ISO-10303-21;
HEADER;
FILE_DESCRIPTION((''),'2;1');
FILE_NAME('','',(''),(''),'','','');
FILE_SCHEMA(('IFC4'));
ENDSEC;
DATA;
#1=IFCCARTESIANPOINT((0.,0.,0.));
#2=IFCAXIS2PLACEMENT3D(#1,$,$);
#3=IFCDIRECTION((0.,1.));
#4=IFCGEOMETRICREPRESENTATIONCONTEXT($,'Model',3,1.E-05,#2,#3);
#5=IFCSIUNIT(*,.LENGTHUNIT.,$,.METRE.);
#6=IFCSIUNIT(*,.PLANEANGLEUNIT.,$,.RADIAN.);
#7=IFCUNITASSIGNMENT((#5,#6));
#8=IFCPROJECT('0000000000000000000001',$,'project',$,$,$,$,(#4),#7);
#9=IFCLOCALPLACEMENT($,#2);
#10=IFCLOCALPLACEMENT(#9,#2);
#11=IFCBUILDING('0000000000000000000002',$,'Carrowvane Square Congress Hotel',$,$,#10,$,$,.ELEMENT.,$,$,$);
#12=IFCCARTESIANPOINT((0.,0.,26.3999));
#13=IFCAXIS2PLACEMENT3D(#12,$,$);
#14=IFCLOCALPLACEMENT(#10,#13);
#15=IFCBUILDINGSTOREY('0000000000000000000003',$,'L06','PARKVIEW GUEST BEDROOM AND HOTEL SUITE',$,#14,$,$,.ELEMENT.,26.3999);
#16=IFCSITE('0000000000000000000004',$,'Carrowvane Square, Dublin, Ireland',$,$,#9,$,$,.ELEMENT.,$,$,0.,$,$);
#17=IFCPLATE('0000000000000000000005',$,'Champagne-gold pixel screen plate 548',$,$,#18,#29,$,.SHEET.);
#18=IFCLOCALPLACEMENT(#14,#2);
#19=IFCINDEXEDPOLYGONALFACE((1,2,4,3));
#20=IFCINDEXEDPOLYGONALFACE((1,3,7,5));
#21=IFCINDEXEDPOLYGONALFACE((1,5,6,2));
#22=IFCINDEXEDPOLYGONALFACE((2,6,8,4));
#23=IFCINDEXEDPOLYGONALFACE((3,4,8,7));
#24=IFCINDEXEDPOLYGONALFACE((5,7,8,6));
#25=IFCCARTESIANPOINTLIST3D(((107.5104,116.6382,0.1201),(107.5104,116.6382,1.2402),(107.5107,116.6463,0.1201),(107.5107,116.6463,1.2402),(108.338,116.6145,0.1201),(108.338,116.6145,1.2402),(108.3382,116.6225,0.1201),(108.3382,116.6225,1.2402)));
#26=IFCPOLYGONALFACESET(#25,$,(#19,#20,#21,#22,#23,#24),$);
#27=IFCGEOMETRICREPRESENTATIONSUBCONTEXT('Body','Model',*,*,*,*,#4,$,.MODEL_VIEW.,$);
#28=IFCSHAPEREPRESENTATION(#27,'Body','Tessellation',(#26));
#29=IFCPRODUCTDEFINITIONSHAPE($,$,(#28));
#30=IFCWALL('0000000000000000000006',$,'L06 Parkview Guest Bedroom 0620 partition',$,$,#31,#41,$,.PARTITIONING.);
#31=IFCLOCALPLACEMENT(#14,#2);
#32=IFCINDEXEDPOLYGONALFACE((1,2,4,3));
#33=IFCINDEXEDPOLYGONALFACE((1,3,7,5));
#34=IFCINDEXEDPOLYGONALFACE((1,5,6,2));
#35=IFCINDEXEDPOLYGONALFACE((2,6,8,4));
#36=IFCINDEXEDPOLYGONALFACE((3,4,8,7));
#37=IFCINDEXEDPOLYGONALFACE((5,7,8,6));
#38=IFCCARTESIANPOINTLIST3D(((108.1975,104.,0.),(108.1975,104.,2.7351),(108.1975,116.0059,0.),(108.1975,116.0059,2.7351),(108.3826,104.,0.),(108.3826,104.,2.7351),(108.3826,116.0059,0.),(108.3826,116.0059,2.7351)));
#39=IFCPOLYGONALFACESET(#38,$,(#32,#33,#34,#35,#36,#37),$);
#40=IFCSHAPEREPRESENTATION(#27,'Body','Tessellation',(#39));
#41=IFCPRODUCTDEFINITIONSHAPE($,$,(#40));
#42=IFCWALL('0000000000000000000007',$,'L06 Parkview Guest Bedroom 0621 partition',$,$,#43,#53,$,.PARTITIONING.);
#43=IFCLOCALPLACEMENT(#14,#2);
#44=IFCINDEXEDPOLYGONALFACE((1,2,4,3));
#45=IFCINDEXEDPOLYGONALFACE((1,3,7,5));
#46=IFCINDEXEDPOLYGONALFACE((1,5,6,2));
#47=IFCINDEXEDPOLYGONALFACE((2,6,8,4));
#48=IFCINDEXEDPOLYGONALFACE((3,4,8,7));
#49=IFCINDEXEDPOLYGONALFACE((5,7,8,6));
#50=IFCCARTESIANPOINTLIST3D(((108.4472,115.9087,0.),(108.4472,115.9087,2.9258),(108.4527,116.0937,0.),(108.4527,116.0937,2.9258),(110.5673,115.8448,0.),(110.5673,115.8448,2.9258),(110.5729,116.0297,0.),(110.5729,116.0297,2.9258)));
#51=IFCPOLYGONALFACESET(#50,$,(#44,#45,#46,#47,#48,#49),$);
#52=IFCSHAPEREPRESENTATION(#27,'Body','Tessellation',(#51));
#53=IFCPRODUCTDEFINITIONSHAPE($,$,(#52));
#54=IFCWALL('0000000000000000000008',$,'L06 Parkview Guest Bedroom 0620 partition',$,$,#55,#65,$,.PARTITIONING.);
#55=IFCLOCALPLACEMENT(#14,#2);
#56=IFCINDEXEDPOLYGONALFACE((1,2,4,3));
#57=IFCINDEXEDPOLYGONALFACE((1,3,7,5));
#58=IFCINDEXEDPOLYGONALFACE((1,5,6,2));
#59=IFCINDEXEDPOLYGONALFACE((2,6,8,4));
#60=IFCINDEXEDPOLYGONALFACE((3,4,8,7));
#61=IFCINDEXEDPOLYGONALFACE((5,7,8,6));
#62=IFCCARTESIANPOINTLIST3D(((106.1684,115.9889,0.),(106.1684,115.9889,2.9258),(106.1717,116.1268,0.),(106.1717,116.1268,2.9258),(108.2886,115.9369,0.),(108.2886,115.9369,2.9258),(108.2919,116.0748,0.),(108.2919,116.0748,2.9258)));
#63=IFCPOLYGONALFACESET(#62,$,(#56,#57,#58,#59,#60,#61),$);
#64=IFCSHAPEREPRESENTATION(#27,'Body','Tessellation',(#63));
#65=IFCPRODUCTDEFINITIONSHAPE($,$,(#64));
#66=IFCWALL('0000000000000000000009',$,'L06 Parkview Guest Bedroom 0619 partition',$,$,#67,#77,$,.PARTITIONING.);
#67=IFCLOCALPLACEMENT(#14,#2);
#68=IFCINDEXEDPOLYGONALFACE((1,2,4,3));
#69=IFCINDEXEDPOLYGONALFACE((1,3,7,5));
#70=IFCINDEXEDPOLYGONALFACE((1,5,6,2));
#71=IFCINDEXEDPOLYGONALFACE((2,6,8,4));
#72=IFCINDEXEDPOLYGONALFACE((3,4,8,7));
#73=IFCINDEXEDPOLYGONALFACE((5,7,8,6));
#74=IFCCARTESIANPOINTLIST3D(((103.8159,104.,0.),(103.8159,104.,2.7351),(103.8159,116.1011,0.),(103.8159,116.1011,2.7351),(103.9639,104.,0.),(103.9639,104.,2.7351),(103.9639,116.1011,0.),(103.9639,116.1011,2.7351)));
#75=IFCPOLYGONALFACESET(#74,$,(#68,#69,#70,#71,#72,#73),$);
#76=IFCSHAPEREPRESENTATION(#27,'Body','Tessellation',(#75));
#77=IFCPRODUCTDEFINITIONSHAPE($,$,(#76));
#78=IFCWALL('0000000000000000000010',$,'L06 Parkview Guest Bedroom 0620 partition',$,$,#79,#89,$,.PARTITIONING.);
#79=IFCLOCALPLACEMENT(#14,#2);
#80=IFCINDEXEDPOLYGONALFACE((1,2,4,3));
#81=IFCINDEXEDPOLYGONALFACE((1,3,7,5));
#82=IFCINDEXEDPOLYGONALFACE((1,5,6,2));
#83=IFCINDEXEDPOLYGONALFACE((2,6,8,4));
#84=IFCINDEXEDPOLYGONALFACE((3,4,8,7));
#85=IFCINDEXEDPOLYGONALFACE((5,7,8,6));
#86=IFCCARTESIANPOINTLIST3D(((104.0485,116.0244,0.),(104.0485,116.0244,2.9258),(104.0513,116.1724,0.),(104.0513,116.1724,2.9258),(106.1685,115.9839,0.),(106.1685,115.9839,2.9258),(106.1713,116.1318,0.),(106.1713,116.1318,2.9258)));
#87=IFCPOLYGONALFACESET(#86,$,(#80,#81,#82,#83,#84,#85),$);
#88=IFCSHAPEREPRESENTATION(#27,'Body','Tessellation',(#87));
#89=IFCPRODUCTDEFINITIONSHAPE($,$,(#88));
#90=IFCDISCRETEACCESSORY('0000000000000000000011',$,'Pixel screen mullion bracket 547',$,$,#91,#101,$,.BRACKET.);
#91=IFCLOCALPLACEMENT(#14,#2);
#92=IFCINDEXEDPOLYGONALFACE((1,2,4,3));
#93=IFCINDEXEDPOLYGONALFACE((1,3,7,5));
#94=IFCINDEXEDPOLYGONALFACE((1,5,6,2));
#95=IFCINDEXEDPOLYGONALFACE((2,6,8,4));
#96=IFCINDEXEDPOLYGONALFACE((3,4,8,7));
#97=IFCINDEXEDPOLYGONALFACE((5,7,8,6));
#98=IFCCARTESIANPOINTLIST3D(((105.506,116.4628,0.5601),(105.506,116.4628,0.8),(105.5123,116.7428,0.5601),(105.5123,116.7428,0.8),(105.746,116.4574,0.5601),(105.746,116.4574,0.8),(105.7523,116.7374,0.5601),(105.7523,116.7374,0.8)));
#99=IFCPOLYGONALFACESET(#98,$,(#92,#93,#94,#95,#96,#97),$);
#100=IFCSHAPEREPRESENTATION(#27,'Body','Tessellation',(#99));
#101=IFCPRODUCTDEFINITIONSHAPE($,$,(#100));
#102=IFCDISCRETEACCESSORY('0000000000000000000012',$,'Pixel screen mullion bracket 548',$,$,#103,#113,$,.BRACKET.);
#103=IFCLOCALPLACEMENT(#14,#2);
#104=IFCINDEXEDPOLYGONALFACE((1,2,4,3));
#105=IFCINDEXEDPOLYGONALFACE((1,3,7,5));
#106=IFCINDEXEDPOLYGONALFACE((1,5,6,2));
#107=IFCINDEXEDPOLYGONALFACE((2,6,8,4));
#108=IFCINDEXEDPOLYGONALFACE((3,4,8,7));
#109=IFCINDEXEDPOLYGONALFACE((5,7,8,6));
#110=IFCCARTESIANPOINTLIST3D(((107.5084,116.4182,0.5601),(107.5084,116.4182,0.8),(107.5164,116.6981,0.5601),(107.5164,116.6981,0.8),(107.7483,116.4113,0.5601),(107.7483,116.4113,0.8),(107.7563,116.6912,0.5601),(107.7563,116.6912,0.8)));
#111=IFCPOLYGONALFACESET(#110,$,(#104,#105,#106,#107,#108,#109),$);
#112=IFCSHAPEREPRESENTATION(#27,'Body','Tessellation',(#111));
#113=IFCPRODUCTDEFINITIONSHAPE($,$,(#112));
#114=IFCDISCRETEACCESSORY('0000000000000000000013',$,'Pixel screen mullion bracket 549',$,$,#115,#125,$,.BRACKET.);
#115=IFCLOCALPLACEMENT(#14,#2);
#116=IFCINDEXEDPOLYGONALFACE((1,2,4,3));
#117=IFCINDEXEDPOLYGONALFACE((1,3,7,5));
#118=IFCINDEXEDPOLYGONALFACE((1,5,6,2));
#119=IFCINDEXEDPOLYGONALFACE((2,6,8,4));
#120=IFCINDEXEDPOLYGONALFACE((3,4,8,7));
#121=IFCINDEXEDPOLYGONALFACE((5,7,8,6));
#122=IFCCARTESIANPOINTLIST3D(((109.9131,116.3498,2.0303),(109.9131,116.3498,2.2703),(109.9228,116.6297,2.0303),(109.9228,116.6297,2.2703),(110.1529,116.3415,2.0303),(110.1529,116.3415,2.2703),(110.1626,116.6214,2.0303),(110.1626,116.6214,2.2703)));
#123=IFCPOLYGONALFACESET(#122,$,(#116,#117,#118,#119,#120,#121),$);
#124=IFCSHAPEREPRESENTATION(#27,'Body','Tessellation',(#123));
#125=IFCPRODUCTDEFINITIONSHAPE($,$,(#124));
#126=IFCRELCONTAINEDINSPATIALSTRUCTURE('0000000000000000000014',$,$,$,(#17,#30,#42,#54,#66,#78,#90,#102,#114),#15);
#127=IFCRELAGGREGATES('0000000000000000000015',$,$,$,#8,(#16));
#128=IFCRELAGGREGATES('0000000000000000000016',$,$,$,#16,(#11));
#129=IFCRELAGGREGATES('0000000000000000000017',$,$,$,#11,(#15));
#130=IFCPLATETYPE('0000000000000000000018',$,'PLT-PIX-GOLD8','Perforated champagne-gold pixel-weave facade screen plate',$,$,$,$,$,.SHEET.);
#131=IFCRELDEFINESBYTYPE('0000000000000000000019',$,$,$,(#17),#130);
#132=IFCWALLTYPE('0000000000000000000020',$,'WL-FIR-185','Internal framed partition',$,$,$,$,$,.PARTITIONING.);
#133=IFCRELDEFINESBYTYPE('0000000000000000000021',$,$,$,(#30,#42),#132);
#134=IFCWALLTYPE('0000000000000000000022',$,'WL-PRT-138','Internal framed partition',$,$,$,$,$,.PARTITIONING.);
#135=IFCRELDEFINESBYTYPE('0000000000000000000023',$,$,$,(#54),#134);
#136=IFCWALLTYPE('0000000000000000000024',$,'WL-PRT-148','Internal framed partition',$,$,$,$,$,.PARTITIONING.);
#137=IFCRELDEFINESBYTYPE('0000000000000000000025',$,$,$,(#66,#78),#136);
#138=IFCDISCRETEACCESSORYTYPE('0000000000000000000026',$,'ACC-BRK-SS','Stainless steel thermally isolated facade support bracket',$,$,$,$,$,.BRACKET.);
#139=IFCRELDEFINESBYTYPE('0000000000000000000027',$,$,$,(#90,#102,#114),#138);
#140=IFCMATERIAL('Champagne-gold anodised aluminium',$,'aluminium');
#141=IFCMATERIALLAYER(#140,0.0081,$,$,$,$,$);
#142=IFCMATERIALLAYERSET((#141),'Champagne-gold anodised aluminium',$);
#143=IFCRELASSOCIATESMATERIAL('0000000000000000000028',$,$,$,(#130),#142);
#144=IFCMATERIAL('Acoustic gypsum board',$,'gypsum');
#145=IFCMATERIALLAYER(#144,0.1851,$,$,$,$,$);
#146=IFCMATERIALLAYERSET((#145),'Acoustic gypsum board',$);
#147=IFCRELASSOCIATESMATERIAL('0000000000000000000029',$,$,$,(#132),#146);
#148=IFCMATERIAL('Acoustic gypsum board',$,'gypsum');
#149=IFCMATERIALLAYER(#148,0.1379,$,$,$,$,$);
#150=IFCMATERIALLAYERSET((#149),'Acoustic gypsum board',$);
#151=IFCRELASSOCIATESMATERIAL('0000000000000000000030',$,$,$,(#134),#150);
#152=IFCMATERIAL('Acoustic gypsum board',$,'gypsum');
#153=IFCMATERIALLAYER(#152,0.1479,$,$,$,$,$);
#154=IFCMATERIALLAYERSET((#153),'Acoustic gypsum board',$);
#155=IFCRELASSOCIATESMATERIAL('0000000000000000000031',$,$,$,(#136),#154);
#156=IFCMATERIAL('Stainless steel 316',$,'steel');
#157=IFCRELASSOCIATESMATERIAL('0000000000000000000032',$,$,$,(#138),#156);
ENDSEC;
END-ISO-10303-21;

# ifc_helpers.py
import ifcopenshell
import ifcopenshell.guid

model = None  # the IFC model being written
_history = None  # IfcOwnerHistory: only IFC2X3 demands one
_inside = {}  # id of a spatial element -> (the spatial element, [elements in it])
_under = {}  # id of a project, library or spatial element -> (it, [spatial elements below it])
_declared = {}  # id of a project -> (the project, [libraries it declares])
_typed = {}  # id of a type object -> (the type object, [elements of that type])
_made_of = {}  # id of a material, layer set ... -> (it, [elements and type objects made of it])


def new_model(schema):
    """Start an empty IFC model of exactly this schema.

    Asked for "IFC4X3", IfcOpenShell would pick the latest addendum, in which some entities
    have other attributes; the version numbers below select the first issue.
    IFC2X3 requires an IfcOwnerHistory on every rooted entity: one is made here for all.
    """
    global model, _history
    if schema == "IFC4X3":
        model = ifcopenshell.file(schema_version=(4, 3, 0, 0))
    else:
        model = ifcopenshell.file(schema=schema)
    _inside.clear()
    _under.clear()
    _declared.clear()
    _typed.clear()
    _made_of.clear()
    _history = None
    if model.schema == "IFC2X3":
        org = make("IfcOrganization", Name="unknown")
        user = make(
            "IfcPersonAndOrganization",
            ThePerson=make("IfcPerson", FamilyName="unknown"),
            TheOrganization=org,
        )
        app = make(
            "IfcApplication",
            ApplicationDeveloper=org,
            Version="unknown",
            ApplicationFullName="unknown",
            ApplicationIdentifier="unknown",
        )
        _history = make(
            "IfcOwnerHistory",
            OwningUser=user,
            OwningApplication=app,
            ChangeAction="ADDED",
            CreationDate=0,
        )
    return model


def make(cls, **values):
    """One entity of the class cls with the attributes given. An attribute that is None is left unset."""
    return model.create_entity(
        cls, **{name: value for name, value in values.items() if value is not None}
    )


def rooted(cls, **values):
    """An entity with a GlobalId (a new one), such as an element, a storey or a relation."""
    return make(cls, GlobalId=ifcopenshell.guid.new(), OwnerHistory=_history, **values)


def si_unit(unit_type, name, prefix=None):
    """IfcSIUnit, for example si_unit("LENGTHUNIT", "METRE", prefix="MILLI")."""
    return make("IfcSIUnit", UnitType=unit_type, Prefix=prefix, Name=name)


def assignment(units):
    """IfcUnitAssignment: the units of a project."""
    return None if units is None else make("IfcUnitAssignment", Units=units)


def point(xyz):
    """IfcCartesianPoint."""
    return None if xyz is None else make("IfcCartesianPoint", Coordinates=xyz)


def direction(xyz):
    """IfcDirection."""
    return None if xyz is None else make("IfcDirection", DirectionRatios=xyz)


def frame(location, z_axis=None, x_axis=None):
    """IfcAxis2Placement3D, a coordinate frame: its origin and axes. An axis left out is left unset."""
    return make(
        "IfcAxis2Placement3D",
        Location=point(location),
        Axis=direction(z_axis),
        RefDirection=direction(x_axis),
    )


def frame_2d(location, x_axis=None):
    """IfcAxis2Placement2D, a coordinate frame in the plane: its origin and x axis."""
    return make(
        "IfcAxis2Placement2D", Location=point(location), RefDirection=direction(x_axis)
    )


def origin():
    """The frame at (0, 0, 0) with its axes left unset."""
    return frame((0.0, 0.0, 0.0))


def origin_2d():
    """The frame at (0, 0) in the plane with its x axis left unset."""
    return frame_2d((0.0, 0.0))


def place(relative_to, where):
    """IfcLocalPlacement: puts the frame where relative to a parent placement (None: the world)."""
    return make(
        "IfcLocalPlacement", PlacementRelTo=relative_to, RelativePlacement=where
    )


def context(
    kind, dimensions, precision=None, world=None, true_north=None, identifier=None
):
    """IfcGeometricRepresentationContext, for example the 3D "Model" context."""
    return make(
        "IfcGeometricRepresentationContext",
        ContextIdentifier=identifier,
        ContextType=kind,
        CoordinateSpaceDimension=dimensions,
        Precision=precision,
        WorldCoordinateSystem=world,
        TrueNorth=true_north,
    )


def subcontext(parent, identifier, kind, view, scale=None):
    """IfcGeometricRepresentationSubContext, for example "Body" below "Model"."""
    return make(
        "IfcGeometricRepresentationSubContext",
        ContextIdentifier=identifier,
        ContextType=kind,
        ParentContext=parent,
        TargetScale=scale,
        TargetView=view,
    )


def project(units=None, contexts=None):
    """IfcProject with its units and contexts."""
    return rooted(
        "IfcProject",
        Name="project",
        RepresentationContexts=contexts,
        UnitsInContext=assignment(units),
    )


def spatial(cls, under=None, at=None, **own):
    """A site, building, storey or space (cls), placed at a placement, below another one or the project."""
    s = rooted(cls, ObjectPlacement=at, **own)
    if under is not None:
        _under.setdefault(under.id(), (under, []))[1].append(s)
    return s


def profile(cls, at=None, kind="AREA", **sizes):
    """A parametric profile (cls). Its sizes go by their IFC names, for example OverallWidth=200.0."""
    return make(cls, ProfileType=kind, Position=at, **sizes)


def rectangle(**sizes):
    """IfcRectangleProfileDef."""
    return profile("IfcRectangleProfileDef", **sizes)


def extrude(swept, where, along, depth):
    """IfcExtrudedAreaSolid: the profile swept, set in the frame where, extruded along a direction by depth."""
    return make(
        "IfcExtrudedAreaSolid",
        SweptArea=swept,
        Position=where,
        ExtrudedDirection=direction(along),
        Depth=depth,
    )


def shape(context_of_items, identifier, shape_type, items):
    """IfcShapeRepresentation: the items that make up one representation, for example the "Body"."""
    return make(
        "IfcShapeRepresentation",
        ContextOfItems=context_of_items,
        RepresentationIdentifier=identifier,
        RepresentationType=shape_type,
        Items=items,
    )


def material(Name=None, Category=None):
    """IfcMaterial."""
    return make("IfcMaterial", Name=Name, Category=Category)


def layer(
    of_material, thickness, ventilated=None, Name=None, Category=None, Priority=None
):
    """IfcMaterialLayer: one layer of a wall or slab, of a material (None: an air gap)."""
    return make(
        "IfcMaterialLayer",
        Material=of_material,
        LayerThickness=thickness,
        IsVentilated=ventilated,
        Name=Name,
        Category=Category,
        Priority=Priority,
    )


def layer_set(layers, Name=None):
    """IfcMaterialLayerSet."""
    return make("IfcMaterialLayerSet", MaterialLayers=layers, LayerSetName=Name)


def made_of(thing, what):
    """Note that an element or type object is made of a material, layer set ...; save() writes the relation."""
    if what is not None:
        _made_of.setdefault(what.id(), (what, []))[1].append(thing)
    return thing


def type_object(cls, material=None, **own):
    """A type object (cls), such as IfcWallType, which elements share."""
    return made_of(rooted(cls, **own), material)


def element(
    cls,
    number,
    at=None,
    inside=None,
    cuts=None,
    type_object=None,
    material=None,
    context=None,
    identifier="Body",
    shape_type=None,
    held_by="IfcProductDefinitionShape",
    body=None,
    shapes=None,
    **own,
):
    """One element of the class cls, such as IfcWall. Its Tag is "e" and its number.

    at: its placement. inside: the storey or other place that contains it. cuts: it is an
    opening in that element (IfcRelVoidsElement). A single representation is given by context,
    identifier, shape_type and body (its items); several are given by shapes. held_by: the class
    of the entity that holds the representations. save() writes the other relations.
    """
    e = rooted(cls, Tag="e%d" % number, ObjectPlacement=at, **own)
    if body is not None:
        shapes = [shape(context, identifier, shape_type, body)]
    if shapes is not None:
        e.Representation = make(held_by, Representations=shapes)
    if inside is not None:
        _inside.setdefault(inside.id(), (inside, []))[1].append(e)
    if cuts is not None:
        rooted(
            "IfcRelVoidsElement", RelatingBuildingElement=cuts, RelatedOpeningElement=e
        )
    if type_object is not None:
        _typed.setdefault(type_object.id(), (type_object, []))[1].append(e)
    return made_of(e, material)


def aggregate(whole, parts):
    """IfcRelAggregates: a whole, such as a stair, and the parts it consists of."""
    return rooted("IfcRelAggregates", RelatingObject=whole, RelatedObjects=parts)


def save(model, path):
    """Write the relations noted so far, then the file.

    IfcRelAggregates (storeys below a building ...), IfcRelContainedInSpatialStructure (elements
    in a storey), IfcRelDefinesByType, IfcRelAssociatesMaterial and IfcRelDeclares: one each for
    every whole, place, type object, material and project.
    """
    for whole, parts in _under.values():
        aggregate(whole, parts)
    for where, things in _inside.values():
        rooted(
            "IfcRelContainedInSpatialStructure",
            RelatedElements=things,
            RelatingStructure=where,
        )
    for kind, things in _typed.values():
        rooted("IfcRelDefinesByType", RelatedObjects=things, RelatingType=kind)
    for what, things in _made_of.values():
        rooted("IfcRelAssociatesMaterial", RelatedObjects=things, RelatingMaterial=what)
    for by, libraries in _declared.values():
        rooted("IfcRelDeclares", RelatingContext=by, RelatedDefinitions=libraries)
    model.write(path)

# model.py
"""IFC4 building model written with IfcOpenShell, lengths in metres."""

from ifc_helpers import new_model, si_unit, direction, frame, frame_2d, origin, origin_2d, place, context, subcontext, project, spatial, rectangle, extrude, material, layer, layer_set, type_object, element, save


model = new_model("IFC4")

# Units and contexts
model_context = context("Model", 3, precision=1e-05, world=origin(), true_north=direction((0.0, 1.0)))
body_context = subcontext(model_context, "Body", "Model", "MODEL_VIEW")
ifc_project = project(units=[si_unit("LENGTHUNIT", "METRE"), si_unit("PLANEANGLEUNIT", "RADIAN")], contexts=[model_context])

# Site, building, storey
site_placement = place(None, origin())
site = spatial("IfcSite", under=ifc_project, at=site_placement, Name="Carrowvane Square, Dublin, Ireland", CompositionType="ELEMENT", RefElevation=0.0)
building_placement = place(site_placement, origin())
building = spatial("IfcBuilding", under=site, at=building_placement, Name="Carrowvane Square Congress Hotel", CompositionType="ELEMENT")
storey_placement = place(building_placement, frame((0.0, 0.0, 26.3999)))
storey = spatial("IfcBuildingStorey", under=building, at=storey_placement, Name="L06", Description="PARKVIEW GUEST BEDROOM AND HOTEL SUITE", CompositionType="ELEMENT", Elevation=26.3999)

# Plate
ifc_material_1 = material(Name="Champagne-gold anodised aluminium", Category="aluminium")
ifc_layer_1 = layer(ifc_material_1, 0.0081)
ifc_layer_set_1 = layer_set([ifc_layer_1], Name="Champagne-gold anodised aluminium")
plate_type_1 = type_object("IfcPlateType", Name="PLT-PIX-GOLD8", Description="Perforated champagne-gold pixel-weave facade screen plate", PredefinedType="SHEET", material=ifc_layer_set_1)
for number, where, z_axis, x_axis, name in (
    (1, (107.9243, 116.6304, 0.1201), (0.0, 0.0, 1.0), (0.99959, -0.028639, 0.0), "Champagne-gold pixel screen plate 548"),
):
    element("IfcPlate", number, at=place(storey_placement, frame(where, z_axis=z_axis, x_axis=x_axis)), inside=storey, type_object=plate_type_1, Name=name, PredefinedType="SHEET", context=body_context, shape_type="SweptSolid", body=[
        extrude(rectangle(XDim=0.8279, YDim=0.0081, at=origin_2d()), origin(), (0.0, 0.0, 1.0), 1.1201),
    ])

# Walls
ifc_material_2 = material(Name="Acoustic gypsum board", Category="gypsum")
ifc_layer_2 = layer(ifc_material_2, 0.1851)
ifc_layer_set_2 = layer_set([ifc_layer_2], Name="Acoustic gypsum board")
wall_type_1 = type_object("IfcWallType", Name="WL-FIR-185", Description="Internal framed partition", PredefinedType="PARTITIONING", material=ifc_layer_set_2)
wall_1_placement = place(storey_placement, frame((108.29, 116.0059, 0.0), z_axis=(0.0, 0.0, 1.0), x_axis=(0.0, -1.0, 0.0)))
element("IfcWall", 2, at=wall_1_placement, inside=storey, type_object=wall_type_1, Name="L06 Parkview Guest Bedroom 0620 partition", PredefinedType="PARTITIONING", context=body_context, shape_type="SweptSolid", body=[
    extrude(rectangle(XDim=12.0059, YDim=0.1851, at=frame_2d((6.0029, 0.0))), origin(), (0.0, 0.0, 1.0), 2.7351),
])
wall_2_placement = place(storey_placement, frame((108.45, 116.0012, 0.0), z_axis=(0.0, 0.0, 1.0), x_axis=(0.999545, -0.030157, 0.0)))
element("IfcWall", 3, at=wall_2_placement, inside=storey, type_object=wall_type_1, Name="L06 Parkview Guest Bedroom 0621 partition", PredefinedType="PARTITIONING", context=body_context, shape_type="SweptSolid", body=[
    extrude(rectangle(XDim=2.1211, YDim=0.1851, at=frame_2d((1.0605, 0.0))), origin(), (0.0, 0.0, 1.0), 2.9258),
])
ifc_material_3 = material(Name="Acoustic gypsum board", Category="gypsum")
ifc_layer_3 = layer(ifc_material_3, 0.1379)
ifc_layer_set_3 = layer_set([ifc_layer_3], Name="Acoustic gypsum board")
wall_type_2 = type_object("IfcWallType", Name="WL-PRT-138", Description="Internal framed partition", PredefinedType="PARTITIONING", material=ifc_layer_set_3)
wall_3_placement = place(storey_placement, frame((106.1699, 116.0579, 0.0), z_axis=(0.0, 0.0, 1.0), x_axis=(0.999699, -0.02452, 0.0)))
element("IfcWall", 4, at=wall_3_placement, inside=storey, type_object=wall_type_2, Name="L06 Parkview Guest Bedroom 0620 partition", PredefinedType="PARTITIONING", context=body_context, shape_type="SweptSolid", body=[
    extrude(rectangle(XDim=2.1208, YDim=0.1379, at=frame_2d((1.0605, 0.0))), origin(), (0.0, 0.0, 1.0), 2.9258),
])
ifc_material_4 = material(Name="Acoustic gypsum board", Category="gypsum")
ifc_layer_4 = layer(ifc_material_4, 0.1479)
ifc_layer_set_4 = layer_set([ifc_layer_4], Name="Acoustic gypsum board")
wall_type_3 = type_object("IfcWallType", Name="WL-PRT-148", Description="Internal framed partition", PredefinedType="PARTITIONING", material=ifc_layer_set_4)
wall_4_placement = place(storey_placement, frame((103.8899, 116.1011, 0.0), z_axis=(0.0, 0.0, 1.0), x_axis=(0.0, -1.0, 0.0)))
element("IfcWall", 5, at=wall_4_placement, inside=storey, type_object=wall_type_3, Name="L06 Parkview Guest Bedroom 0619 partition", PredefinedType="PARTITIONING", context=body_context, shape_type="SweptSolid", body=[
    extrude(rectangle(XDim=12.1011, YDim=0.1479, at=frame_2d((6.0505, 0.0))), origin(), (0.0, 0.0, 1.0), 2.7351),
])
wall_5_placement = place(storey_placement, frame((104.05, 116.0984, 0.0), z_axis=(0.0, 0.0, 1.0), x_axis=(0.999817, -0.019114, 0.0)))
element("IfcWall", 6, at=wall_5_placement, inside=storey, type_object=wall_type_3, Name="L06 Parkview Guest Bedroom 0620 partition", PredefinedType="PARTITIONING", context=body_context, shape_type="SweptSolid", body=[
    extrude(rectangle(XDim=2.1204, YDim=0.1479, at=frame_2d((1.0601, 0.0))), origin(), (0.0, 0.0, 1.0), 2.9258),
])

# Discrete accessories
ifc_material_5 = material(Name="Stainless steel 316", Category="steel")
discrete_accessory_type = type_object("IfcDiscreteAccessoryType", Name="ACC-BRK-SS", Description="Stainless steel thermally isolated facade support bracket", PredefinedType="BRACKET", material=ifc_material_5)
for number, where, z_axis, x_axis, name in (
    (7, (105.6292, 116.6001, 0.5601), (0.0, 0.0, 1.0), (0.999746, -0.022519, 0.0), "Pixel screen mullion bracket 547"),
    (8, (107.6323, 116.5547, 0.5601), (0.0, 0.0, 1.0), (0.99959, -0.028639, 0.0), "Pixel screen mullion bracket 548"),
    (9, (110.0378, 116.4856, 2.0303), (0.0, 0.0, 1.0), (0.999404, -0.034527, 0.0), "Pixel screen mullion bracket 549"),
):
    element("IfcDiscreteAccessory", number, at=place(storey_placement, frame(where, z_axis=z_axis, x_axis=x_axis)), inside=storey, type_object=discrete_accessory_type, Name=name, PredefinedType="BRACKET", context=body_context, shape_type="SweptSolid", body=[
        extrude(rectangle(XDim=0.24, YDim=0.28, at=origin_2d()), origin(), (0.0, 0.0, 1.0), 0.24),
    ])

save(model, "model.ifc")
